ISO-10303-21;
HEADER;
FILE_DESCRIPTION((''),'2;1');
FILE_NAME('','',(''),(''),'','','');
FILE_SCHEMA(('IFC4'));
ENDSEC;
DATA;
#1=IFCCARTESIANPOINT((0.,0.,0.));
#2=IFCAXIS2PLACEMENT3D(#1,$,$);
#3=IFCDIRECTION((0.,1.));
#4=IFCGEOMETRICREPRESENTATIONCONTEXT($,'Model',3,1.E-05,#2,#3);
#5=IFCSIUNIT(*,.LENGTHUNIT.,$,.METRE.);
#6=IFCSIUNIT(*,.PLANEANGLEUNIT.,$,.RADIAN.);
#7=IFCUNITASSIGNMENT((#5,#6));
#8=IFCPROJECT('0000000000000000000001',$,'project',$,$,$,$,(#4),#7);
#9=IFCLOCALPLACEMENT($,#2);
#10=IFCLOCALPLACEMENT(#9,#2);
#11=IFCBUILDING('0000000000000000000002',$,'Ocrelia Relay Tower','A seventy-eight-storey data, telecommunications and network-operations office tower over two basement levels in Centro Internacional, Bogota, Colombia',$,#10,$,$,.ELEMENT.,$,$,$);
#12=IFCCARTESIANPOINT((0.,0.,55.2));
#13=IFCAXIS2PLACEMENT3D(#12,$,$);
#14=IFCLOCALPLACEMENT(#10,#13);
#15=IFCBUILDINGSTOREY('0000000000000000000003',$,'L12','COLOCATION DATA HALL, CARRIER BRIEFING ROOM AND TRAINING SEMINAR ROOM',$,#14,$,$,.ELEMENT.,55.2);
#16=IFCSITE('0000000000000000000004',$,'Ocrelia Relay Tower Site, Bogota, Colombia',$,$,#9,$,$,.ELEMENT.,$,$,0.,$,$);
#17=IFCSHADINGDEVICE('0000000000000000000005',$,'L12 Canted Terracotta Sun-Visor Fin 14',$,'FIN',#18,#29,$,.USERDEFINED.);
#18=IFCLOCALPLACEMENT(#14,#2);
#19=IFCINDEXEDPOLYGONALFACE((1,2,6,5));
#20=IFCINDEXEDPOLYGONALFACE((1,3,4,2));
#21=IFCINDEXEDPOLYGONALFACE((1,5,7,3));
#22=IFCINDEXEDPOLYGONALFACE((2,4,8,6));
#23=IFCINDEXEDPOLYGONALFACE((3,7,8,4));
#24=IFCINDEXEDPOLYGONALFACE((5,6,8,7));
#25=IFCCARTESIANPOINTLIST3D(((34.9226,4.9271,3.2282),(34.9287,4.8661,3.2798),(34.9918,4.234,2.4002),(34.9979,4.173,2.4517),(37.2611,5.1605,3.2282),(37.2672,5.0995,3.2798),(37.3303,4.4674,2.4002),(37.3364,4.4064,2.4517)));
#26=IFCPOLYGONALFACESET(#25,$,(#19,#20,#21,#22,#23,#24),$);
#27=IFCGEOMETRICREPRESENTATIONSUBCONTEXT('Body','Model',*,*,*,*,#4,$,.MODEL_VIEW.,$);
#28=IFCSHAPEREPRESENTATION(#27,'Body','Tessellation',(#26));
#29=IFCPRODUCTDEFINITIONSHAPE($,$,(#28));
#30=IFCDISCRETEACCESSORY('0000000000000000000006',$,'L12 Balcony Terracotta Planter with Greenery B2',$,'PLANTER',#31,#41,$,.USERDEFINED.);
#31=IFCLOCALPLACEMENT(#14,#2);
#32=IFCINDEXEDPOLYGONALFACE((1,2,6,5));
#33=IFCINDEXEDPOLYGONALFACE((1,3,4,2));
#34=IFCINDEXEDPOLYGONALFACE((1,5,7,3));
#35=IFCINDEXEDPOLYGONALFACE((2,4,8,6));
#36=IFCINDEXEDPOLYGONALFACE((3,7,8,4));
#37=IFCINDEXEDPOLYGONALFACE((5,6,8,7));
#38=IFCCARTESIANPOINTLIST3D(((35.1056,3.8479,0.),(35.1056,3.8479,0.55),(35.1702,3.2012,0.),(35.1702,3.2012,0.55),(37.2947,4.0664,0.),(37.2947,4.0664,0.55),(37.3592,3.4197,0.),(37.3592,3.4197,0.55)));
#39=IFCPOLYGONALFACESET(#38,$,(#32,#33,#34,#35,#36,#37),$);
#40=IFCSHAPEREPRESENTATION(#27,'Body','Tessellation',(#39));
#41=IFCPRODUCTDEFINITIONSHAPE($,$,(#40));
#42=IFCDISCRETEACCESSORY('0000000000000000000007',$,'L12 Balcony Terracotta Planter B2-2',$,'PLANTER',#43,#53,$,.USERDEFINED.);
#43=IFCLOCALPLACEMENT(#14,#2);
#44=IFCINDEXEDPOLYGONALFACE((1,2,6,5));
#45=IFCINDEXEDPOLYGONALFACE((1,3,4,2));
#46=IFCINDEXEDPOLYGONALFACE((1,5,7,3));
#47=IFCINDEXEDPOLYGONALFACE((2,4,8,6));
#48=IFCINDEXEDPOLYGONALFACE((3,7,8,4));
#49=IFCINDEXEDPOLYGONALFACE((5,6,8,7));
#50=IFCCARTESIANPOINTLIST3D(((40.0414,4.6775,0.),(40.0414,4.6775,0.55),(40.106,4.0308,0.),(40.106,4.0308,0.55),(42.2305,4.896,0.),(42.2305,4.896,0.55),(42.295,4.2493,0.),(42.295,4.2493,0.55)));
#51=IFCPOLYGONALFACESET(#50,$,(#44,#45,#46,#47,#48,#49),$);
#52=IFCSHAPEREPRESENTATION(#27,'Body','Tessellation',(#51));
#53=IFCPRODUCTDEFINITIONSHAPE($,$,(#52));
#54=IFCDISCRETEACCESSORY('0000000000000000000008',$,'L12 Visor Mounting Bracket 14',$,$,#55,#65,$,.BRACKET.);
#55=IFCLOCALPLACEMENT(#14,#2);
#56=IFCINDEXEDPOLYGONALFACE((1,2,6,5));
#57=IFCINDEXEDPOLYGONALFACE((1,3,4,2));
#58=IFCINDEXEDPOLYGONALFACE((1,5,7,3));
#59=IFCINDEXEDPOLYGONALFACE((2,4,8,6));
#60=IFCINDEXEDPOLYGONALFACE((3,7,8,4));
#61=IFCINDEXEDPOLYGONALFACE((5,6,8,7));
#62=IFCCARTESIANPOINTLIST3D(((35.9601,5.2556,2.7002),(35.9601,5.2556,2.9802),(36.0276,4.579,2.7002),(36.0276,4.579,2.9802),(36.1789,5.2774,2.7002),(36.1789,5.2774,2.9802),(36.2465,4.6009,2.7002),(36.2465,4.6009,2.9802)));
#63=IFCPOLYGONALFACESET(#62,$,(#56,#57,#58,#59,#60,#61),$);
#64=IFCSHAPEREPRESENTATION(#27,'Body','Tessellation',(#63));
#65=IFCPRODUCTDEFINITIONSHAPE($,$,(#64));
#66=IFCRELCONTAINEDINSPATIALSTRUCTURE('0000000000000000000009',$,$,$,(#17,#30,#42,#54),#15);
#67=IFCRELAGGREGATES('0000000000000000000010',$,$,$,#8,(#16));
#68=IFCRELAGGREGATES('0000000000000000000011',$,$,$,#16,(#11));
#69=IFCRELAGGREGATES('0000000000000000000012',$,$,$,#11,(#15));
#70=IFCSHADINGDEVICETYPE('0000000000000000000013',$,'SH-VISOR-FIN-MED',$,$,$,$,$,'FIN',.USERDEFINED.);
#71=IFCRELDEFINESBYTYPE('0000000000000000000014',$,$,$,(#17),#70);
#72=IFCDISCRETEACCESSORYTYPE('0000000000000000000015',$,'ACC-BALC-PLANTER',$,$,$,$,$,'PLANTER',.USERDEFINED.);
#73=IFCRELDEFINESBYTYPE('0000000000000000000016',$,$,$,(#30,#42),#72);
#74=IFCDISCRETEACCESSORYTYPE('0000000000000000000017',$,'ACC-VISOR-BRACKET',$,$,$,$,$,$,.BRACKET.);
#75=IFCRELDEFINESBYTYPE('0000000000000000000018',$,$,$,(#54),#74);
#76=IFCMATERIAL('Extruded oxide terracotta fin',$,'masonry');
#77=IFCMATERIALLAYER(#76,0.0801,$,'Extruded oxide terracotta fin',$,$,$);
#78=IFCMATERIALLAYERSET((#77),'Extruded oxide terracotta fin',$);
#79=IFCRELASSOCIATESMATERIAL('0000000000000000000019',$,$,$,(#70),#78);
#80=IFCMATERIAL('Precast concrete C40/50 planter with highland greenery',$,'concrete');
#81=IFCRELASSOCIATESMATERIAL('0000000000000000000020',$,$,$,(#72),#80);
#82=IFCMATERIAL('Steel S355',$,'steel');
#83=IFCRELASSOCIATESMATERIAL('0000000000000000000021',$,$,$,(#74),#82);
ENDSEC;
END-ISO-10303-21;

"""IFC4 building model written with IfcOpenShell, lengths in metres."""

from ifc_helpers import new_model, si_unit, direction, frame, origin, origin_2d, place, context, subcontext, project, spatial, rectangle, extrude, material, layer, layer_set, type_object, element, save


model = new_model("IFC4")

# Units and contexts
model_context = context("Model", 3, precision=1e-05, world=origin(), true_north=direction((0.0, 1.0)))
body_context = subcontext(model_context, "Body", "Model", "MODEL_VIEW")
ifc_project = project(units=[si_unit("LENGTHUNIT", "METRE"), si_unit("PLANEANGLEUNIT", "RADIAN")], contexts=[model_context])

# Site, building, storey
site_placement = place(None, origin())
site = spatial("IfcSite", under=ifc_project, at=site_placement, Name="Ocrelia Relay Tower Site, Bogota, Colombia", CompositionType="ELEMENT", RefElevation=0.0)
building_placement = place(site_placement, origin())
building = spatial("IfcBuilding", under=site, at=building_placement, Name="Ocrelia Relay Tower", Description="A seventy-eight-storey data, telecommunications and network-operations office tower over two basement levels in Centro Internacional, Bogota, Colombia", CompositionType="ELEMENT")
storey_placement = place(building_placement, frame((0.0, 0.0, 55.2)))
storey = spatial("IfcBuildingStorey", under=building, at=storey_placement, Name="L12", Description="COLOCATION DATA HALL, CARRIER BRIEFING ROOM AND TRAINING SEMINAR ROOM", CompositionType="ELEMENT", Elevation=55.2)

# Shared definitions
ifc_material_1 = material(Name="Steel S355", Category="steel")

# Shading device
ifc_material_2 = material(Name="Extruded oxide terracotta fin", Category="masonry")
ifc_layer_1 = layer(ifc_material_2, 0.0801, Name="Extruded oxide terracotta fin")
ifc_layer_set_1 = layer_set([ifc_layer_1], Name="Extruded oxide terracotta fin")
shading_device_type_1 = type_object("IfcShadingDeviceType", Name="SH-VISOR-FIN-MED", ElementType="FIN", PredefinedType="USERDEFINED", material=ifc_layer_set_1)
shading_device_placement = place(storey_placement, frame((36.1265, 4.6973, 2.8142), z_axis=(0.076004, -0.761475, 0.643723), x_axis=(0.995056, 0.099318, 0.0)))
element("IfcShadingDevice", 1, at=shading_device_placement, inside=storey, type_object=shading_device_type_1, Name="L12 Canted Terracotta Sun-Visor Fin 14", ObjectType="FIN", PredefinedType="USERDEFINED", context=body_context, shape_type="SweptSolid", body=[
    extrude(rectangle(XDim=2.3501, YDim=1.082, at=origin_2d()), origin(), (0.0, 0.0, 1.0), 0.0801),
])

# Discrete accessories
ifc_material_3 = material(Name="Precast concrete C40/50 planter with highland greenery", Category="concrete")
discrete_accessory_type_1 = type_object("IfcDiscreteAccessoryType", Name="ACC-BALC-PLANTER", ElementType="PLANTER", PredefinedType="USERDEFINED", material=ifc_material_3)
for number, where, z_axis, x_axis, name in (
    (2, (36.2324, 3.6338, 0.0), (0.0, 0.0, 1.0), (-0.995055, -0.099323, 0.0), "L12 Balcony Terracotta Planter with Greenery B2"),
    (3, (41.1682, 4.4634, 0.0), (0.0, 0.0, 1.0), (-0.995055, -0.099323, 0.0), "L12 Balcony Terracotta Planter B2-2"),
):
    element("IfcDiscreteAccessory", number, at=place(storey_placement, frame(where, z_axis=z_axis, x_axis=x_axis)), inside=storey, type_object=discrete_accessory_type_1, Name=name, ObjectType="PLANTER", PredefinedType="USERDEFINED", context=body_context, shape_type="SweptSolid", body=[
        extrude(rectangle(XDim=2.2, YDim=0.6499, at=origin_2d()), origin(), (0.0, 0.0, 1.0), 0.55),
    ])
discrete_accessory_type_2 = type_object("IfcDiscreteAccessoryType", Name="ACC-VISOR-BRACKET", PredefinedType="BRACKET", material=ifc_material_1)
discrete_accessory_placement = place(storey_placement, frame((36.1033, 4.9282, 2.7002), z_axis=(0.0, 0.0, 1.0), x_axis=(0.995056, 0.099318, 0.0)))
element("IfcDiscreteAccessory", 4, at=discrete_accessory_placement, inside=storey, type_object=discrete_accessory_type_2, Name="L12 Visor Mounting Bracket 14", PredefinedType="BRACKET", context=body_context, shape_type="SweptSolid", body=[
    extrude(rectangle(XDim=0.22, YDim=0.6799, at=origin_2d()), origin(), (0.0, 0.0, 1.0), 0.28),
])

save(model, "model.ifc")
